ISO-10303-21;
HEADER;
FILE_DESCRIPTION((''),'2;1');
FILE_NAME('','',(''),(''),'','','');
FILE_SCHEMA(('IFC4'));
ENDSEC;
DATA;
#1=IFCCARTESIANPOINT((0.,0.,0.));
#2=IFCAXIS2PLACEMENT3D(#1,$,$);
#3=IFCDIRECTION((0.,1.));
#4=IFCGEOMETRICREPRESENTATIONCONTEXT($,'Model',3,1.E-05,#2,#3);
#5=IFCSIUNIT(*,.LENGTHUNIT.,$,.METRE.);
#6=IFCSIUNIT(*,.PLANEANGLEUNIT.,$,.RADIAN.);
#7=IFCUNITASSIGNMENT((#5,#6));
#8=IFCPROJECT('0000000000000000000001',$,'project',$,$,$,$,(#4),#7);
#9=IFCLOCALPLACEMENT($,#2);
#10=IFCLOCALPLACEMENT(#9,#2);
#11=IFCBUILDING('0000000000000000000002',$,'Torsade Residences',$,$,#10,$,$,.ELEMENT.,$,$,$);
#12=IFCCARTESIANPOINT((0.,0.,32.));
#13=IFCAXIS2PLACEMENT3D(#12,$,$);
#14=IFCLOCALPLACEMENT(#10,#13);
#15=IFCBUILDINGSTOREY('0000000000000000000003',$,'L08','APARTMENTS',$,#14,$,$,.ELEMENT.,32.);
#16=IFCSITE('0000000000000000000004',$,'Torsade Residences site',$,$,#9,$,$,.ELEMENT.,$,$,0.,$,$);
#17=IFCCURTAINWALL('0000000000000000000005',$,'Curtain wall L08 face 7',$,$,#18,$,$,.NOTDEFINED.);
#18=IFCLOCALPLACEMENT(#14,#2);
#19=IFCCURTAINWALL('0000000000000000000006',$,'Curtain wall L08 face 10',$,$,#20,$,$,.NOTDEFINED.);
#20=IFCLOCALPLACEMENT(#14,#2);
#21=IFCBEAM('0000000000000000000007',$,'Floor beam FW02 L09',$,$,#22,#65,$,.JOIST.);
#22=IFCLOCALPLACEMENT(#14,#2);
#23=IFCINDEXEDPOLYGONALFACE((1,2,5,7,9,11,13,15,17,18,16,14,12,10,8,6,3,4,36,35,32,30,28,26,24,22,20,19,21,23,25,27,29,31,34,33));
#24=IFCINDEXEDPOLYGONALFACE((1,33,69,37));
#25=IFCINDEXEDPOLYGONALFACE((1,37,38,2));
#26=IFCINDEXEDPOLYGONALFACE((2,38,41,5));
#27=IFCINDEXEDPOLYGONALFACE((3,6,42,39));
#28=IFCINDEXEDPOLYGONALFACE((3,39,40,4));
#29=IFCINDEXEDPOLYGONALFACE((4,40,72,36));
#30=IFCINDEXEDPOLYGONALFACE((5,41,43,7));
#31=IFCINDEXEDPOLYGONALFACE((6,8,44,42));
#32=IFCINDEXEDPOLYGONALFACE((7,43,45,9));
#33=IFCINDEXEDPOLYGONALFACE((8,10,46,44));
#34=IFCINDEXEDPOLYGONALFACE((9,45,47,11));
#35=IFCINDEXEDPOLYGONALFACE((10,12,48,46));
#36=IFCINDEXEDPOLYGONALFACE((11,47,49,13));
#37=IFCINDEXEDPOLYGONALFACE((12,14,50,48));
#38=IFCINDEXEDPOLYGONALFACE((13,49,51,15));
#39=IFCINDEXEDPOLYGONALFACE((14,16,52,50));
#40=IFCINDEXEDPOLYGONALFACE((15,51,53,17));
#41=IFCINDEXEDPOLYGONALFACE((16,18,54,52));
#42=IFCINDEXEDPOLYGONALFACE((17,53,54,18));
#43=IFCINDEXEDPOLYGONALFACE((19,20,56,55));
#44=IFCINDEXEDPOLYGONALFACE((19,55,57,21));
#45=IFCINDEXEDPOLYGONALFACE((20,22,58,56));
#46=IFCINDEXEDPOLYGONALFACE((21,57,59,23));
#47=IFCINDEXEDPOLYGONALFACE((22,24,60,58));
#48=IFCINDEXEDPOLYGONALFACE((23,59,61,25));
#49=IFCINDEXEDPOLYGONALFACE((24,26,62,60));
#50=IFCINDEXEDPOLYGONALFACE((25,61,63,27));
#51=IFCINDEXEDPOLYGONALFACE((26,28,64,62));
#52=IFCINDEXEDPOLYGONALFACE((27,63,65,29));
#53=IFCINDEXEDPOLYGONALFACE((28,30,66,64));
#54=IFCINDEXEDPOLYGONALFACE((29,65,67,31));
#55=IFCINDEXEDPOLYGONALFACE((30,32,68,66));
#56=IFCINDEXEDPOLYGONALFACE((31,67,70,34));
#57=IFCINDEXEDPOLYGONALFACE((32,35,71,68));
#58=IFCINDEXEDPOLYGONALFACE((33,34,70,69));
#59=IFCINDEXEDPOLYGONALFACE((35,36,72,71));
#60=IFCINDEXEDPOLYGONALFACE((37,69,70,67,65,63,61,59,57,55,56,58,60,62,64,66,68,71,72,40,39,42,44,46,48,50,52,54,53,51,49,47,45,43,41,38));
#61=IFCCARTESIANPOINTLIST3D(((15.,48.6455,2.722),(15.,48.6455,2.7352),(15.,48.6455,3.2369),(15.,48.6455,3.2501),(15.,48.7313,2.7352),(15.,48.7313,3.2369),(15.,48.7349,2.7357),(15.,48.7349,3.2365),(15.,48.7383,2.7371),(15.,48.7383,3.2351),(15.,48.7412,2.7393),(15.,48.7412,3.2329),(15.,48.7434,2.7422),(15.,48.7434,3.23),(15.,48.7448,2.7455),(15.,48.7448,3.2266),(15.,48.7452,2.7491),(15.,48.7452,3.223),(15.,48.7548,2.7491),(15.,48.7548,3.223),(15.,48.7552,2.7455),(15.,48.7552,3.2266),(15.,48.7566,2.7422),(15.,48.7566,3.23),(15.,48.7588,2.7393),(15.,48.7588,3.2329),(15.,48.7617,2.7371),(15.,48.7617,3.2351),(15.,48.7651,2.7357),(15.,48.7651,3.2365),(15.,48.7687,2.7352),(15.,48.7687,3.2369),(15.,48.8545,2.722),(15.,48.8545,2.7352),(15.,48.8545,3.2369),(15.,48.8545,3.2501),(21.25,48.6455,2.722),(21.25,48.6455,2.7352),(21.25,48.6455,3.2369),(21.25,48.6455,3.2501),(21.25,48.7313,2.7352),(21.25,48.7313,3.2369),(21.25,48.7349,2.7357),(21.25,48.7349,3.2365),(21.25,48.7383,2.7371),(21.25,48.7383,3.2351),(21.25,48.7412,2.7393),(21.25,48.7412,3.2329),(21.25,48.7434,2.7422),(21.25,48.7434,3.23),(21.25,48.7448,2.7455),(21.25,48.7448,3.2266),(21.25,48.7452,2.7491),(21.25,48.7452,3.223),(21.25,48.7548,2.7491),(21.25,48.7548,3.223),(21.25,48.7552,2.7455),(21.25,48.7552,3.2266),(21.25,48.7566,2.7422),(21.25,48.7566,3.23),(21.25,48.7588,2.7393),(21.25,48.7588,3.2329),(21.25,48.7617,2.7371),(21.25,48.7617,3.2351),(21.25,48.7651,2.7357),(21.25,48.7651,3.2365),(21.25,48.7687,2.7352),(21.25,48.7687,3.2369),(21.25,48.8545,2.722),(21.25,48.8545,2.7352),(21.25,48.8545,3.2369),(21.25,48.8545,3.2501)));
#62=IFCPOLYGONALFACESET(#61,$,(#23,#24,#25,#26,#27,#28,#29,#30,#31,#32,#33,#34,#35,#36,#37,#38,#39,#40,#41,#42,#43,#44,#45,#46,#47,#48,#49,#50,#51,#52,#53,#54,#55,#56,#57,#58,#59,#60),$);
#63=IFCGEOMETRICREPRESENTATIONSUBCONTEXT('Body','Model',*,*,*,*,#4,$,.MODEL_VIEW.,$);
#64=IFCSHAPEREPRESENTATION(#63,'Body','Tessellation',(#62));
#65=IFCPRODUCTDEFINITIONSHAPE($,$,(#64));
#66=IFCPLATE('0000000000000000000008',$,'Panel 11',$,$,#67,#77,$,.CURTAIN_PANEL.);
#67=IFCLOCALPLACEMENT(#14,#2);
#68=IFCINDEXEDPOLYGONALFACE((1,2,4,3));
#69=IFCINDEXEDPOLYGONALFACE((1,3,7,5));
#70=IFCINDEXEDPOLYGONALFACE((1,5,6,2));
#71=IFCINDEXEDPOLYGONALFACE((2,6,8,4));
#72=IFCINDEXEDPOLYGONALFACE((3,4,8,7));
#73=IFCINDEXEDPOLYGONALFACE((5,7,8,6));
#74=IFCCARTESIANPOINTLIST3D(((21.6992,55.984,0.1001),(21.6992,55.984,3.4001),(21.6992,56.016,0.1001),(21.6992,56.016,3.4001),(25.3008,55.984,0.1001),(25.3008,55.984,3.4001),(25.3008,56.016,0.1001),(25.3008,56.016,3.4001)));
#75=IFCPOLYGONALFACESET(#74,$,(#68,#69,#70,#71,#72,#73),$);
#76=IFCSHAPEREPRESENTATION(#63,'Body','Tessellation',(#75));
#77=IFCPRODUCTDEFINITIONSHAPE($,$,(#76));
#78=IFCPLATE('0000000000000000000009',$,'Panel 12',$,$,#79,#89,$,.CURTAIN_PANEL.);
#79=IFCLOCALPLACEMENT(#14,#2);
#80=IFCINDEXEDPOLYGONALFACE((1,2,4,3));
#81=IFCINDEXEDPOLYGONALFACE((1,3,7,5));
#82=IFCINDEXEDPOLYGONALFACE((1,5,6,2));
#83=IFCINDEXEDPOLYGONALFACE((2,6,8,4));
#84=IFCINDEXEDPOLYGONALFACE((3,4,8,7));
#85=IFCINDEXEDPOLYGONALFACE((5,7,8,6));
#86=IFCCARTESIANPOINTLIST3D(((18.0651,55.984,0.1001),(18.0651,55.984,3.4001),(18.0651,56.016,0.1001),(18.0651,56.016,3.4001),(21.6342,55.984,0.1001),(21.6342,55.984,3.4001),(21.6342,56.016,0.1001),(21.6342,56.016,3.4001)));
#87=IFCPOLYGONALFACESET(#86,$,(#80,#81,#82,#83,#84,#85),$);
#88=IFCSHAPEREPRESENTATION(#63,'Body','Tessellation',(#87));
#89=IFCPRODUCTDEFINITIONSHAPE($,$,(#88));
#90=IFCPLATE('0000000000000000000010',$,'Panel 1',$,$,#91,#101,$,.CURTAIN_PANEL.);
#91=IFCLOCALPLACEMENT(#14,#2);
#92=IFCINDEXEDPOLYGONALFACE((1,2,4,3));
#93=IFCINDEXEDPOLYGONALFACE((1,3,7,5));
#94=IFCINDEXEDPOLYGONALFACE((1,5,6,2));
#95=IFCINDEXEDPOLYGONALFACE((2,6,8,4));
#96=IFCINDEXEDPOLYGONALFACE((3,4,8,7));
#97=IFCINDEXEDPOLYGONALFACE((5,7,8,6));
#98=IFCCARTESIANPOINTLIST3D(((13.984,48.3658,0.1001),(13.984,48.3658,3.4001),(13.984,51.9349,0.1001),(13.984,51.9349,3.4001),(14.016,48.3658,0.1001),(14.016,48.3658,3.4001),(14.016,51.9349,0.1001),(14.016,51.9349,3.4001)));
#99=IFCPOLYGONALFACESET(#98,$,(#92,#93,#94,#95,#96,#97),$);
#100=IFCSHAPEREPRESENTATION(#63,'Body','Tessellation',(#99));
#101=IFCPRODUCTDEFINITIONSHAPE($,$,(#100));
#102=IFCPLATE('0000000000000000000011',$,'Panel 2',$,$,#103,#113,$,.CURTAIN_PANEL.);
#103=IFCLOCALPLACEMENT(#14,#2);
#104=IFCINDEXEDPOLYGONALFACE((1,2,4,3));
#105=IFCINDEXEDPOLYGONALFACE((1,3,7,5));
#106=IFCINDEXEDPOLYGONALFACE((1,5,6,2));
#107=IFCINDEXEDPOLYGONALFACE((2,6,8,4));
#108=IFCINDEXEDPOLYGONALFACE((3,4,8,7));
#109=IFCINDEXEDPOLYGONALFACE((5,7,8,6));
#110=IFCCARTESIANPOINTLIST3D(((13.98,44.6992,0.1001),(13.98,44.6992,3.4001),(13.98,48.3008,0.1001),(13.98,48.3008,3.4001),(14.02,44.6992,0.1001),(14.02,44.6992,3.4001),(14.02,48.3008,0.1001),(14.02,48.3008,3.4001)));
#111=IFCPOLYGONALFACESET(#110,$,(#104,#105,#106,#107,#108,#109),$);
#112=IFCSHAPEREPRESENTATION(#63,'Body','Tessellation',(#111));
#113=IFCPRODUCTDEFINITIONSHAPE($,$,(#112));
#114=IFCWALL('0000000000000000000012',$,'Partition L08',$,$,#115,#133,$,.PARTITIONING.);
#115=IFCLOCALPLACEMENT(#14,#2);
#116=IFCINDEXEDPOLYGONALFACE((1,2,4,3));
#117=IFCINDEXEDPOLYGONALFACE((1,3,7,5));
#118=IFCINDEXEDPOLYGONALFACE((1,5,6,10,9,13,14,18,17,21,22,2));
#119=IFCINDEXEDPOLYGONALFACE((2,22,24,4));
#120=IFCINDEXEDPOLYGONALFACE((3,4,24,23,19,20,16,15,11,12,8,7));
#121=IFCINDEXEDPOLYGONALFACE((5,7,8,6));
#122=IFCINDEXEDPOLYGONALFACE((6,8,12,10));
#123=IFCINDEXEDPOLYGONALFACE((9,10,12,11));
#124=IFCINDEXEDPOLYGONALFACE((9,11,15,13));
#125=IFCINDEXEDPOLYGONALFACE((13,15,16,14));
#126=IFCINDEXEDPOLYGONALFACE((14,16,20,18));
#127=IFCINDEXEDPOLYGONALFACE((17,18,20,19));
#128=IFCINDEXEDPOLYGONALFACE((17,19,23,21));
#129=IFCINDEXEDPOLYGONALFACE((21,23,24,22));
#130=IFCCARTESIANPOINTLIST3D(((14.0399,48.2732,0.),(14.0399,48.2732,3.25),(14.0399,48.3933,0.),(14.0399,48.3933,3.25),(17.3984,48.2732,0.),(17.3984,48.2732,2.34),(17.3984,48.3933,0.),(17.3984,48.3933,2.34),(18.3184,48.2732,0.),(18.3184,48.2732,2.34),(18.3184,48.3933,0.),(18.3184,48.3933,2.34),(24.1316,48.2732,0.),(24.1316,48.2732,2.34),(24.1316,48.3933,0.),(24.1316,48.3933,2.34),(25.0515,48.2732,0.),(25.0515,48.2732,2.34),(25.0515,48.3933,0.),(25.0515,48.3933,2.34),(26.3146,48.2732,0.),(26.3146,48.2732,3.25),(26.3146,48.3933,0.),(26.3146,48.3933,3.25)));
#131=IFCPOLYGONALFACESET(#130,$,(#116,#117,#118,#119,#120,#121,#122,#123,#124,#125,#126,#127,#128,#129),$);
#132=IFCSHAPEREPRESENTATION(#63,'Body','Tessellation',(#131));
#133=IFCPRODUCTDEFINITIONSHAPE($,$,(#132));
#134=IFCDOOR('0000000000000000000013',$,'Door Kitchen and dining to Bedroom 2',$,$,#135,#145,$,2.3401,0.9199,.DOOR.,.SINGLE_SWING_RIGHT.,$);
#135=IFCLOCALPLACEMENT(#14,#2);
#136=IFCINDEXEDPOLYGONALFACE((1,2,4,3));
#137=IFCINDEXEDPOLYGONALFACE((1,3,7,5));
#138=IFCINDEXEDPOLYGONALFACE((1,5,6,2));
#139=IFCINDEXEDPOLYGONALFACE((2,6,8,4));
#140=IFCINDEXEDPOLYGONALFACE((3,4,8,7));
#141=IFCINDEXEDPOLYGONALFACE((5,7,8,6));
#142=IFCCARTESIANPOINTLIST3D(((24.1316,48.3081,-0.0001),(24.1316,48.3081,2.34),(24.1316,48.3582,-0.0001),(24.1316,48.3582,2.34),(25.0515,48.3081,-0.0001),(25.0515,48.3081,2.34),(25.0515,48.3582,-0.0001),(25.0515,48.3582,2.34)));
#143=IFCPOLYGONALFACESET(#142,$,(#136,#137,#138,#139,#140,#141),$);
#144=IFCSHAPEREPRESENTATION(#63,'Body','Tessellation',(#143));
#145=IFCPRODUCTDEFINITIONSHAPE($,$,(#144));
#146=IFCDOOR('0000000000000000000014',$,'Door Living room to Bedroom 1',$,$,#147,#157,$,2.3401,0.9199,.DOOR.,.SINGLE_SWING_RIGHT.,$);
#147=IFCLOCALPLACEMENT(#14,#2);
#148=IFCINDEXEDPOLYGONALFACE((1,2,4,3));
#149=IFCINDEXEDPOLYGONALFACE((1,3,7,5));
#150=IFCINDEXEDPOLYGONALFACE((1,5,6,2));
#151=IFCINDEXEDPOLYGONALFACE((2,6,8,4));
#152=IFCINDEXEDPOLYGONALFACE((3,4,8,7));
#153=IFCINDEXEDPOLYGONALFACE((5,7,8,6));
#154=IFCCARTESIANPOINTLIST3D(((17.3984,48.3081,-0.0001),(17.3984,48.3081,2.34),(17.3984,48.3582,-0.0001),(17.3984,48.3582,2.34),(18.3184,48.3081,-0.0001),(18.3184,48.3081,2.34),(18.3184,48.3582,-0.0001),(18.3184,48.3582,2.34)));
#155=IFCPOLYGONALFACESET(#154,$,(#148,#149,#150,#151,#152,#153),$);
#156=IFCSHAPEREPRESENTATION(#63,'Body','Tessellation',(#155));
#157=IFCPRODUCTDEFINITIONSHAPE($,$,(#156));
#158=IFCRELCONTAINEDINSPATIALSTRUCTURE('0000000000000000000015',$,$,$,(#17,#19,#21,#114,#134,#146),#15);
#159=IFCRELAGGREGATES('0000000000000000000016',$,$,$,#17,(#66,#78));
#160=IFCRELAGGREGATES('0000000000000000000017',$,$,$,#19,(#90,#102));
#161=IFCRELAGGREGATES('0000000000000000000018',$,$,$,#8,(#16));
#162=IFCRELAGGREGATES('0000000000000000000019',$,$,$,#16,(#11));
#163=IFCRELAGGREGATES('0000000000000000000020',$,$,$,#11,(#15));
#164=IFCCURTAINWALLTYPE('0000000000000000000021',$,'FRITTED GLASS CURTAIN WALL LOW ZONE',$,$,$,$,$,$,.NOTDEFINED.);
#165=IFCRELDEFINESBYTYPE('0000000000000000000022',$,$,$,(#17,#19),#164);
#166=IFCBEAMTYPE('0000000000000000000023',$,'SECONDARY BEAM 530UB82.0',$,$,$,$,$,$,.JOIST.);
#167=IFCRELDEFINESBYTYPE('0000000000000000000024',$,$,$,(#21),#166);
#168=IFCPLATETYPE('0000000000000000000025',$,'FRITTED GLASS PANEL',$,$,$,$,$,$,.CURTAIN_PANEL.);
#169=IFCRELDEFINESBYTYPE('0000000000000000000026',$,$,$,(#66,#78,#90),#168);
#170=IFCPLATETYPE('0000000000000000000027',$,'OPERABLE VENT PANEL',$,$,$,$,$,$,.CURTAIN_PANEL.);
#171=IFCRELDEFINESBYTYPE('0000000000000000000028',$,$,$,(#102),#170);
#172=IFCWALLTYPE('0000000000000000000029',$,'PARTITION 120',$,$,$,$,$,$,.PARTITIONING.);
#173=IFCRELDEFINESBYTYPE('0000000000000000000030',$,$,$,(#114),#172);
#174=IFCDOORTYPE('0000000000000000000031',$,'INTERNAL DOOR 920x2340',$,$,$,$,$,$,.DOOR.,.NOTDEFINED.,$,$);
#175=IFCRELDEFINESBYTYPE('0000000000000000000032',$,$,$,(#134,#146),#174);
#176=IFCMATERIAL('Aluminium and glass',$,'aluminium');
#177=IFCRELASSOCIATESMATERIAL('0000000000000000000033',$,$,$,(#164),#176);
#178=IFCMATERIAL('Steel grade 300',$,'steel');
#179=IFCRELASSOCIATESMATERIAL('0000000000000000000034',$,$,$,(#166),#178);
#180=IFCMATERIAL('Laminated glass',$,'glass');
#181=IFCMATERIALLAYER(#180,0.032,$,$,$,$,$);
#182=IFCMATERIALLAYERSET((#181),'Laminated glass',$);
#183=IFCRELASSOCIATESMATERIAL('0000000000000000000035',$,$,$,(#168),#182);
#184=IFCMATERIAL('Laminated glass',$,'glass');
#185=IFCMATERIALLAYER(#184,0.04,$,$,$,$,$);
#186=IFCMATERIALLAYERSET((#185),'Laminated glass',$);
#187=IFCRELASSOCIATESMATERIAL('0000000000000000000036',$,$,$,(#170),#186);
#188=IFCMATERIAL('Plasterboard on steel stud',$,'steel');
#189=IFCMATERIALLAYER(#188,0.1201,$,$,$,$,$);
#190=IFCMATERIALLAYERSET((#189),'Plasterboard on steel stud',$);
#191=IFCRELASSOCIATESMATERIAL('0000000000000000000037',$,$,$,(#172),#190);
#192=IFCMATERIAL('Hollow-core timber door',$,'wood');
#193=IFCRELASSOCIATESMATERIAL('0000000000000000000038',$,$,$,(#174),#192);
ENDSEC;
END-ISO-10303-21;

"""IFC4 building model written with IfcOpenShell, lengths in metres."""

from ifc_helpers import new_model, si_unit, direction, frame, frame_2d, origin, origin_2d, place, context, subcontext, project, spatial, rectangle, i_section, extrude, material, layer, layer_set, material_profile, profile_set, type_object, element, fill, aggregate, save


model = new_model("IFC4")

# Units and contexts
model_context = context("Model", 3, precision=1e-05, world=origin(), true_north=direction((0.0, 1.0)))
body_context = subcontext(model_context, "Body", "Model", "MODEL_VIEW")
ifc_project = project(units=[si_unit("LENGTHUNIT", "METRE"), si_unit("PLANEANGLEUNIT", "RADIAN")], contexts=[model_context])

# Site, building, storey
site_placement = place(None, origin())
site = spatial("IfcSite", under=ifc_project, at=site_placement, Name="Torsade Residences site", CompositionType="ELEMENT", RefElevation=0.0)
building_placement = place(site_placement, origin())
building = spatial("IfcBuilding", under=site, at=building_placement, Name="Torsade Residences", CompositionType="ELEMENT")
storey_placement = place(building_placement, frame((0.0, 0.0, 32.0)))
storey = spatial("IfcBuildingStorey", under=building, at=storey_placement, Name="L08", Description="APARTMENTS", CompositionType="ELEMENT", Elevation=32.0)

# Curtain walls
ifc_material_1 = material(Name="Aluminium and glass", Category="aluminium")
curtain_wall_type = type_object("IfcCurtainWallType", Name="FRITTED GLASS CURTAIN WALL LOW ZONE", PredefinedType="NOTDEFINED", material=ifc_material_1)
curtain_wall_1_placement = place(storey_placement, origin())
curtain_wall_1 = element("IfcCurtainWall", 1, at=curtain_wall_1_placement, inside=storey, type_object=curtain_wall_type, Name="Curtain wall L08 face 7", PredefinedType="NOTDEFINED")
curtain_wall_2_placement = place(storey_placement, origin())
curtain_wall_2 = element("IfcCurtainWall", 2, at=curtain_wall_2_placement, inside=storey, type_object=curtain_wall_type, Name="Curtain wall L08 face 10", PredefinedType="NOTDEFINED")

# Beam
ifc_material_2 = material(Name="Steel grade 300", Category="steel")
ifc_material_profile_1 = material_profile(ifc_material_2, i_section(OverallWidth=0.209, OverallDepth=0.5281, WebThickness=0.0095, FlangeThickness=0.0132, FilletRadius=0.0139, at=origin_2d()), Name="530UB82.0")
ifc_profile_set_1 = profile_set([ifc_material_profile_1], Name="Steel grade 300")
beam_type_1 = type_object("IfcBeamType", Name="SECONDARY BEAM 530UB82.0", PredefinedType="JOIST", material=ifc_profile_set_1)
beam_1_placement = place(storey_placement, frame((15.0, 48.75, 2.9861), z_axis=(1.0, 0.0, 0.0), x_axis=(0.0, 1.0, 0.0)))
element("IfcBeam", 3, at=beam_1_placement, inside=storey, type_object=beam_type_1, Name="Floor beam FW02 L09", PredefinedType="JOIST", context=body_context, shape_type="SweptSolid", body=[
    extrude(i_section(OverallWidth=0.209, OverallDepth=0.5281, WebThickness=0.0095, FlangeThickness=0.0132, FilletRadius=0.0139, at=origin_2d()), origin(), (0.0, 0.0, 1.0), 6.25),
])

# Plates
ifc_material_3 = material(Name="Laminated glass", Category="glass")
ifc_layer_1 = layer(ifc_material_3, 0.032)
ifc_layer_set_1 = layer_set([ifc_layer_1], Name="Laminated glass")
plate_type_1 = type_object("IfcPlateType", Name="FRITTED GLASS PANEL", PredefinedType="CURTAIN_PANEL", material=ifc_layer_set_1)
plate_1_placement = place(storey_placement, frame((23.5, 56.0, 0.1001), z_axis=(0.0, 0.0, 1.0), x_axis=(-1.0, 0.0, 0.0)))
plate_1 = element("IfcPlate", 4, at=plate_1_placement, type_object=plate_type_1, Name="Panel 11", PredefinedType="CURTAIN_PANEL", context=body_context, shape_type="SweptSolid", body=[
    extrude(rectangle(XDim=3.6016, YDim=0.032, at=origin_2d()), origin(), (0.0, 0.0, 1.0), 3.3),
])
plate_2_placement = place(storey_placement, frame((19.8496, 56.0, 0.1001), z_axis=(0.0, 0.0, 1.0), x_axis=(-1.0, 0.0, 0.0)))
plate_2 = element("IfcPlate", 5, at=plate_2_placement, type_object=plate_type_1, Name="Panel 12", PredefinedType="CURTAIN_PANEL", context=body_context, shape_type="SweptSolid", body=[
    extrude(rectangle(XDim=3.5691, YDim=0.032, at=origin_2d()), origin(), (0.0, 0.0, 1.0), 3.3),
])
aggregate(curtain_wall_1, [plate_1, plate_2])
plate_3_placement = place(storey_placement, frame((14.0, 50.1504, 0.1001), z_axis=(0.0, 0.0, 1.0), x_axis=(0.0, -1.0, 0.0)))
plate_3 = element("IfcPlate", 6, at=plate_3_placement, type_object=plate_type_1, Name="Panel 1", PredefinedType="CURTAIN_PANEL", context=body_context, shape_type="SweptSolid", body=[
    extrude(rectangle(XDim=3.5691, YDim=0.032, at=origin_2d()), origin(), (0.0, 0.0, 1.0), 3.3),
])
ifc_material_4 = material(Name="Laminated glass", Category="glass")
ifc_layer_2 = layer(ifc_material_4, 0.04)
ifc_layer_set_2 = layer_set([ifc_layer_2], Name="Laminated glass")
plate_type_2 = type_object("IfcPlateType", Name="OPERABLE VENT PANEL", PredefinedType="CURTAIN_PANEL", material=ifc_layer_set_2)
plate_4_placement = place(storey_placement, frame((14.0, 46.5, 0.1001), z_axis=(0.0, 0.0, 1.0), x_axis=(0.0, -1.0, 0.0)))
plate_4 = element("IfcPlate", 7, at=plate_4_placement, type_object=plate_type_2, Name="Panel 2", PredefinedType="CURTAIN_PANEL", context=body_context, shape_type="SweptSolid", body=[
    extrude(rectangle(XDim=3.6016, YDim=0.04, at=origin_2d()), origin(), (0.0, 0.0, 1.0), 3.3),
])
aggregate(curtain_wall_2, [plate_3, plate_4])

# Wall, openings, doors
ifc_material_5 = material(Name="Plasterboard on steel stud", Category="steel")
ifc_layer_3 = layer(ifc_material_5, 0.1201)
ifc_layer_set_3 = layer_set([ifc_layer_3], Name="Plasterboard on steel stud")
wall_type_1 = type_object("IfcWallType", Name="PARTITION 120", PredefinedType="PARTITIONING", material=ifc_layer_set_3)
wall_1_placement = place(storey_placement, frame((14.04, 48.3333, 0.0), z_axis=(0.0, 0.0, 1.0), x_axis=(1.0, 0.0, 0.0)))
wall_1 = element("IfcWall", 8, at=wall_1_placement, inside=storey, type_object=wall_type_1, Name="Partition L08", PredefinedType="PARTITIONING", context=body_context, shape_type="SweptSolid", body=[
    extrude(rectangle(XDim=12.2747, YDim=0.1201, at=frame_2d((6.1372, 0.0))), origin(), (0.0, 0.0, 1.0), 3.25),
])
opening_1_placement = place(wall_1_placement, frame((10.0916, 0.0, 0.0)))
opening_1 = element("IfcOpeningElement", 9, at=opening_1_placement, cuts=wall_1, PredefinedType="OPENING", context=body_context, shape_type="SweptSolid", body=[
    extrude(rectangle(XDim=0.9199, YDim=2.3401, at=frame_2d((0.46, 1.1699))), frame((0.0, 0.0701, 0.0), z_axis=(0.0, -1.0, 0.0), x_axis=(1.0, 0.0, 0.0)), (0.0, 0.0, 1.0), 0.1401),
])
opening_2_placement = place(wall_1_placement, frame((3.3584, 0.0, 0.0)))
opening_2 = element("IfcOpeningElement", 10, at=opening_2_placement, cuts=wall_1, PredefinedType="OPENING", context=body_context, shape_type="SweptSolid", body=[
    extrude(rectangle(XDim=0.9199, YDim=2.3401, at=frame_2d((0.46, 1.1699))), frame((0.0, 0.0701, 0.0), z_axis=(0.0, -1.0, 0.0), x_axis=(1.0, 0.0, 0.0)), (0.0, 0.0, 1.0), 0.1401),
])
ifc_material_6 = material(Name="Hollow-core timber door", Category="wood")
door_type_1 = type_object("IfcDoorType", Name="INTERNAL DOOR 920x2340", OperationType="NOTDEFINED", PredefinedType="DOOR", material=ifc_material_6)
door_1_placement = place(opening_1_placement, origin())
door_1 = element("IfcDoor", 11, at=door_1_placement, inside=storey, type_object=door_type_1, Name="Door Kitchen and dining to Bedroom 2", OperationType="SINGLE_SWING_RIGHT", OverallHeight=2.3401, OverallWidth=0.9199, PredefinedType="DOOR", context=body_context, shape_type="SweptSolid", body=[
    extrude(rectangle(XDim=0.9199, YDim=2.3401, at=frame_2d((0.46, 1.1699))), frame((0.0, 0.0249, 0.0), z_axis=(0.0, -1.0, 0.0), x_axis=(1.0, 0.0, 0.0)), (0.0, 0.0, 1.0), 0.05),
])
fill(opening_1, door_1)
door_2_placement = place(opening_2_placement, origin())
door_2 = element("IfcDoor", 12, at=door_2_placement, inside=storey, type_object=door_type_1, Name="Door Living room to Bedroom 1", OperationType="SINGLE_SWING_RIGHT", OverallHeight=2.3401, OverallWidth=0.9199, PredefinedType="DOOR", context=body_context, shape_type="SweptSolid", body=[
    extrude(rectangle(XDim=0.9199, YDim=2.3401, at=frame_2d((0.46, 1.1699))), frame((0.0, 0.0249, 0.0), z_axis=(0.0, -1.0, 0.0), x_axis=(1.0, 0.0, 0.0)), (0.0, 0.0, 1.0), 0.05),
])
fill(opening_2, door_2)

save(model, "model.ifc")
